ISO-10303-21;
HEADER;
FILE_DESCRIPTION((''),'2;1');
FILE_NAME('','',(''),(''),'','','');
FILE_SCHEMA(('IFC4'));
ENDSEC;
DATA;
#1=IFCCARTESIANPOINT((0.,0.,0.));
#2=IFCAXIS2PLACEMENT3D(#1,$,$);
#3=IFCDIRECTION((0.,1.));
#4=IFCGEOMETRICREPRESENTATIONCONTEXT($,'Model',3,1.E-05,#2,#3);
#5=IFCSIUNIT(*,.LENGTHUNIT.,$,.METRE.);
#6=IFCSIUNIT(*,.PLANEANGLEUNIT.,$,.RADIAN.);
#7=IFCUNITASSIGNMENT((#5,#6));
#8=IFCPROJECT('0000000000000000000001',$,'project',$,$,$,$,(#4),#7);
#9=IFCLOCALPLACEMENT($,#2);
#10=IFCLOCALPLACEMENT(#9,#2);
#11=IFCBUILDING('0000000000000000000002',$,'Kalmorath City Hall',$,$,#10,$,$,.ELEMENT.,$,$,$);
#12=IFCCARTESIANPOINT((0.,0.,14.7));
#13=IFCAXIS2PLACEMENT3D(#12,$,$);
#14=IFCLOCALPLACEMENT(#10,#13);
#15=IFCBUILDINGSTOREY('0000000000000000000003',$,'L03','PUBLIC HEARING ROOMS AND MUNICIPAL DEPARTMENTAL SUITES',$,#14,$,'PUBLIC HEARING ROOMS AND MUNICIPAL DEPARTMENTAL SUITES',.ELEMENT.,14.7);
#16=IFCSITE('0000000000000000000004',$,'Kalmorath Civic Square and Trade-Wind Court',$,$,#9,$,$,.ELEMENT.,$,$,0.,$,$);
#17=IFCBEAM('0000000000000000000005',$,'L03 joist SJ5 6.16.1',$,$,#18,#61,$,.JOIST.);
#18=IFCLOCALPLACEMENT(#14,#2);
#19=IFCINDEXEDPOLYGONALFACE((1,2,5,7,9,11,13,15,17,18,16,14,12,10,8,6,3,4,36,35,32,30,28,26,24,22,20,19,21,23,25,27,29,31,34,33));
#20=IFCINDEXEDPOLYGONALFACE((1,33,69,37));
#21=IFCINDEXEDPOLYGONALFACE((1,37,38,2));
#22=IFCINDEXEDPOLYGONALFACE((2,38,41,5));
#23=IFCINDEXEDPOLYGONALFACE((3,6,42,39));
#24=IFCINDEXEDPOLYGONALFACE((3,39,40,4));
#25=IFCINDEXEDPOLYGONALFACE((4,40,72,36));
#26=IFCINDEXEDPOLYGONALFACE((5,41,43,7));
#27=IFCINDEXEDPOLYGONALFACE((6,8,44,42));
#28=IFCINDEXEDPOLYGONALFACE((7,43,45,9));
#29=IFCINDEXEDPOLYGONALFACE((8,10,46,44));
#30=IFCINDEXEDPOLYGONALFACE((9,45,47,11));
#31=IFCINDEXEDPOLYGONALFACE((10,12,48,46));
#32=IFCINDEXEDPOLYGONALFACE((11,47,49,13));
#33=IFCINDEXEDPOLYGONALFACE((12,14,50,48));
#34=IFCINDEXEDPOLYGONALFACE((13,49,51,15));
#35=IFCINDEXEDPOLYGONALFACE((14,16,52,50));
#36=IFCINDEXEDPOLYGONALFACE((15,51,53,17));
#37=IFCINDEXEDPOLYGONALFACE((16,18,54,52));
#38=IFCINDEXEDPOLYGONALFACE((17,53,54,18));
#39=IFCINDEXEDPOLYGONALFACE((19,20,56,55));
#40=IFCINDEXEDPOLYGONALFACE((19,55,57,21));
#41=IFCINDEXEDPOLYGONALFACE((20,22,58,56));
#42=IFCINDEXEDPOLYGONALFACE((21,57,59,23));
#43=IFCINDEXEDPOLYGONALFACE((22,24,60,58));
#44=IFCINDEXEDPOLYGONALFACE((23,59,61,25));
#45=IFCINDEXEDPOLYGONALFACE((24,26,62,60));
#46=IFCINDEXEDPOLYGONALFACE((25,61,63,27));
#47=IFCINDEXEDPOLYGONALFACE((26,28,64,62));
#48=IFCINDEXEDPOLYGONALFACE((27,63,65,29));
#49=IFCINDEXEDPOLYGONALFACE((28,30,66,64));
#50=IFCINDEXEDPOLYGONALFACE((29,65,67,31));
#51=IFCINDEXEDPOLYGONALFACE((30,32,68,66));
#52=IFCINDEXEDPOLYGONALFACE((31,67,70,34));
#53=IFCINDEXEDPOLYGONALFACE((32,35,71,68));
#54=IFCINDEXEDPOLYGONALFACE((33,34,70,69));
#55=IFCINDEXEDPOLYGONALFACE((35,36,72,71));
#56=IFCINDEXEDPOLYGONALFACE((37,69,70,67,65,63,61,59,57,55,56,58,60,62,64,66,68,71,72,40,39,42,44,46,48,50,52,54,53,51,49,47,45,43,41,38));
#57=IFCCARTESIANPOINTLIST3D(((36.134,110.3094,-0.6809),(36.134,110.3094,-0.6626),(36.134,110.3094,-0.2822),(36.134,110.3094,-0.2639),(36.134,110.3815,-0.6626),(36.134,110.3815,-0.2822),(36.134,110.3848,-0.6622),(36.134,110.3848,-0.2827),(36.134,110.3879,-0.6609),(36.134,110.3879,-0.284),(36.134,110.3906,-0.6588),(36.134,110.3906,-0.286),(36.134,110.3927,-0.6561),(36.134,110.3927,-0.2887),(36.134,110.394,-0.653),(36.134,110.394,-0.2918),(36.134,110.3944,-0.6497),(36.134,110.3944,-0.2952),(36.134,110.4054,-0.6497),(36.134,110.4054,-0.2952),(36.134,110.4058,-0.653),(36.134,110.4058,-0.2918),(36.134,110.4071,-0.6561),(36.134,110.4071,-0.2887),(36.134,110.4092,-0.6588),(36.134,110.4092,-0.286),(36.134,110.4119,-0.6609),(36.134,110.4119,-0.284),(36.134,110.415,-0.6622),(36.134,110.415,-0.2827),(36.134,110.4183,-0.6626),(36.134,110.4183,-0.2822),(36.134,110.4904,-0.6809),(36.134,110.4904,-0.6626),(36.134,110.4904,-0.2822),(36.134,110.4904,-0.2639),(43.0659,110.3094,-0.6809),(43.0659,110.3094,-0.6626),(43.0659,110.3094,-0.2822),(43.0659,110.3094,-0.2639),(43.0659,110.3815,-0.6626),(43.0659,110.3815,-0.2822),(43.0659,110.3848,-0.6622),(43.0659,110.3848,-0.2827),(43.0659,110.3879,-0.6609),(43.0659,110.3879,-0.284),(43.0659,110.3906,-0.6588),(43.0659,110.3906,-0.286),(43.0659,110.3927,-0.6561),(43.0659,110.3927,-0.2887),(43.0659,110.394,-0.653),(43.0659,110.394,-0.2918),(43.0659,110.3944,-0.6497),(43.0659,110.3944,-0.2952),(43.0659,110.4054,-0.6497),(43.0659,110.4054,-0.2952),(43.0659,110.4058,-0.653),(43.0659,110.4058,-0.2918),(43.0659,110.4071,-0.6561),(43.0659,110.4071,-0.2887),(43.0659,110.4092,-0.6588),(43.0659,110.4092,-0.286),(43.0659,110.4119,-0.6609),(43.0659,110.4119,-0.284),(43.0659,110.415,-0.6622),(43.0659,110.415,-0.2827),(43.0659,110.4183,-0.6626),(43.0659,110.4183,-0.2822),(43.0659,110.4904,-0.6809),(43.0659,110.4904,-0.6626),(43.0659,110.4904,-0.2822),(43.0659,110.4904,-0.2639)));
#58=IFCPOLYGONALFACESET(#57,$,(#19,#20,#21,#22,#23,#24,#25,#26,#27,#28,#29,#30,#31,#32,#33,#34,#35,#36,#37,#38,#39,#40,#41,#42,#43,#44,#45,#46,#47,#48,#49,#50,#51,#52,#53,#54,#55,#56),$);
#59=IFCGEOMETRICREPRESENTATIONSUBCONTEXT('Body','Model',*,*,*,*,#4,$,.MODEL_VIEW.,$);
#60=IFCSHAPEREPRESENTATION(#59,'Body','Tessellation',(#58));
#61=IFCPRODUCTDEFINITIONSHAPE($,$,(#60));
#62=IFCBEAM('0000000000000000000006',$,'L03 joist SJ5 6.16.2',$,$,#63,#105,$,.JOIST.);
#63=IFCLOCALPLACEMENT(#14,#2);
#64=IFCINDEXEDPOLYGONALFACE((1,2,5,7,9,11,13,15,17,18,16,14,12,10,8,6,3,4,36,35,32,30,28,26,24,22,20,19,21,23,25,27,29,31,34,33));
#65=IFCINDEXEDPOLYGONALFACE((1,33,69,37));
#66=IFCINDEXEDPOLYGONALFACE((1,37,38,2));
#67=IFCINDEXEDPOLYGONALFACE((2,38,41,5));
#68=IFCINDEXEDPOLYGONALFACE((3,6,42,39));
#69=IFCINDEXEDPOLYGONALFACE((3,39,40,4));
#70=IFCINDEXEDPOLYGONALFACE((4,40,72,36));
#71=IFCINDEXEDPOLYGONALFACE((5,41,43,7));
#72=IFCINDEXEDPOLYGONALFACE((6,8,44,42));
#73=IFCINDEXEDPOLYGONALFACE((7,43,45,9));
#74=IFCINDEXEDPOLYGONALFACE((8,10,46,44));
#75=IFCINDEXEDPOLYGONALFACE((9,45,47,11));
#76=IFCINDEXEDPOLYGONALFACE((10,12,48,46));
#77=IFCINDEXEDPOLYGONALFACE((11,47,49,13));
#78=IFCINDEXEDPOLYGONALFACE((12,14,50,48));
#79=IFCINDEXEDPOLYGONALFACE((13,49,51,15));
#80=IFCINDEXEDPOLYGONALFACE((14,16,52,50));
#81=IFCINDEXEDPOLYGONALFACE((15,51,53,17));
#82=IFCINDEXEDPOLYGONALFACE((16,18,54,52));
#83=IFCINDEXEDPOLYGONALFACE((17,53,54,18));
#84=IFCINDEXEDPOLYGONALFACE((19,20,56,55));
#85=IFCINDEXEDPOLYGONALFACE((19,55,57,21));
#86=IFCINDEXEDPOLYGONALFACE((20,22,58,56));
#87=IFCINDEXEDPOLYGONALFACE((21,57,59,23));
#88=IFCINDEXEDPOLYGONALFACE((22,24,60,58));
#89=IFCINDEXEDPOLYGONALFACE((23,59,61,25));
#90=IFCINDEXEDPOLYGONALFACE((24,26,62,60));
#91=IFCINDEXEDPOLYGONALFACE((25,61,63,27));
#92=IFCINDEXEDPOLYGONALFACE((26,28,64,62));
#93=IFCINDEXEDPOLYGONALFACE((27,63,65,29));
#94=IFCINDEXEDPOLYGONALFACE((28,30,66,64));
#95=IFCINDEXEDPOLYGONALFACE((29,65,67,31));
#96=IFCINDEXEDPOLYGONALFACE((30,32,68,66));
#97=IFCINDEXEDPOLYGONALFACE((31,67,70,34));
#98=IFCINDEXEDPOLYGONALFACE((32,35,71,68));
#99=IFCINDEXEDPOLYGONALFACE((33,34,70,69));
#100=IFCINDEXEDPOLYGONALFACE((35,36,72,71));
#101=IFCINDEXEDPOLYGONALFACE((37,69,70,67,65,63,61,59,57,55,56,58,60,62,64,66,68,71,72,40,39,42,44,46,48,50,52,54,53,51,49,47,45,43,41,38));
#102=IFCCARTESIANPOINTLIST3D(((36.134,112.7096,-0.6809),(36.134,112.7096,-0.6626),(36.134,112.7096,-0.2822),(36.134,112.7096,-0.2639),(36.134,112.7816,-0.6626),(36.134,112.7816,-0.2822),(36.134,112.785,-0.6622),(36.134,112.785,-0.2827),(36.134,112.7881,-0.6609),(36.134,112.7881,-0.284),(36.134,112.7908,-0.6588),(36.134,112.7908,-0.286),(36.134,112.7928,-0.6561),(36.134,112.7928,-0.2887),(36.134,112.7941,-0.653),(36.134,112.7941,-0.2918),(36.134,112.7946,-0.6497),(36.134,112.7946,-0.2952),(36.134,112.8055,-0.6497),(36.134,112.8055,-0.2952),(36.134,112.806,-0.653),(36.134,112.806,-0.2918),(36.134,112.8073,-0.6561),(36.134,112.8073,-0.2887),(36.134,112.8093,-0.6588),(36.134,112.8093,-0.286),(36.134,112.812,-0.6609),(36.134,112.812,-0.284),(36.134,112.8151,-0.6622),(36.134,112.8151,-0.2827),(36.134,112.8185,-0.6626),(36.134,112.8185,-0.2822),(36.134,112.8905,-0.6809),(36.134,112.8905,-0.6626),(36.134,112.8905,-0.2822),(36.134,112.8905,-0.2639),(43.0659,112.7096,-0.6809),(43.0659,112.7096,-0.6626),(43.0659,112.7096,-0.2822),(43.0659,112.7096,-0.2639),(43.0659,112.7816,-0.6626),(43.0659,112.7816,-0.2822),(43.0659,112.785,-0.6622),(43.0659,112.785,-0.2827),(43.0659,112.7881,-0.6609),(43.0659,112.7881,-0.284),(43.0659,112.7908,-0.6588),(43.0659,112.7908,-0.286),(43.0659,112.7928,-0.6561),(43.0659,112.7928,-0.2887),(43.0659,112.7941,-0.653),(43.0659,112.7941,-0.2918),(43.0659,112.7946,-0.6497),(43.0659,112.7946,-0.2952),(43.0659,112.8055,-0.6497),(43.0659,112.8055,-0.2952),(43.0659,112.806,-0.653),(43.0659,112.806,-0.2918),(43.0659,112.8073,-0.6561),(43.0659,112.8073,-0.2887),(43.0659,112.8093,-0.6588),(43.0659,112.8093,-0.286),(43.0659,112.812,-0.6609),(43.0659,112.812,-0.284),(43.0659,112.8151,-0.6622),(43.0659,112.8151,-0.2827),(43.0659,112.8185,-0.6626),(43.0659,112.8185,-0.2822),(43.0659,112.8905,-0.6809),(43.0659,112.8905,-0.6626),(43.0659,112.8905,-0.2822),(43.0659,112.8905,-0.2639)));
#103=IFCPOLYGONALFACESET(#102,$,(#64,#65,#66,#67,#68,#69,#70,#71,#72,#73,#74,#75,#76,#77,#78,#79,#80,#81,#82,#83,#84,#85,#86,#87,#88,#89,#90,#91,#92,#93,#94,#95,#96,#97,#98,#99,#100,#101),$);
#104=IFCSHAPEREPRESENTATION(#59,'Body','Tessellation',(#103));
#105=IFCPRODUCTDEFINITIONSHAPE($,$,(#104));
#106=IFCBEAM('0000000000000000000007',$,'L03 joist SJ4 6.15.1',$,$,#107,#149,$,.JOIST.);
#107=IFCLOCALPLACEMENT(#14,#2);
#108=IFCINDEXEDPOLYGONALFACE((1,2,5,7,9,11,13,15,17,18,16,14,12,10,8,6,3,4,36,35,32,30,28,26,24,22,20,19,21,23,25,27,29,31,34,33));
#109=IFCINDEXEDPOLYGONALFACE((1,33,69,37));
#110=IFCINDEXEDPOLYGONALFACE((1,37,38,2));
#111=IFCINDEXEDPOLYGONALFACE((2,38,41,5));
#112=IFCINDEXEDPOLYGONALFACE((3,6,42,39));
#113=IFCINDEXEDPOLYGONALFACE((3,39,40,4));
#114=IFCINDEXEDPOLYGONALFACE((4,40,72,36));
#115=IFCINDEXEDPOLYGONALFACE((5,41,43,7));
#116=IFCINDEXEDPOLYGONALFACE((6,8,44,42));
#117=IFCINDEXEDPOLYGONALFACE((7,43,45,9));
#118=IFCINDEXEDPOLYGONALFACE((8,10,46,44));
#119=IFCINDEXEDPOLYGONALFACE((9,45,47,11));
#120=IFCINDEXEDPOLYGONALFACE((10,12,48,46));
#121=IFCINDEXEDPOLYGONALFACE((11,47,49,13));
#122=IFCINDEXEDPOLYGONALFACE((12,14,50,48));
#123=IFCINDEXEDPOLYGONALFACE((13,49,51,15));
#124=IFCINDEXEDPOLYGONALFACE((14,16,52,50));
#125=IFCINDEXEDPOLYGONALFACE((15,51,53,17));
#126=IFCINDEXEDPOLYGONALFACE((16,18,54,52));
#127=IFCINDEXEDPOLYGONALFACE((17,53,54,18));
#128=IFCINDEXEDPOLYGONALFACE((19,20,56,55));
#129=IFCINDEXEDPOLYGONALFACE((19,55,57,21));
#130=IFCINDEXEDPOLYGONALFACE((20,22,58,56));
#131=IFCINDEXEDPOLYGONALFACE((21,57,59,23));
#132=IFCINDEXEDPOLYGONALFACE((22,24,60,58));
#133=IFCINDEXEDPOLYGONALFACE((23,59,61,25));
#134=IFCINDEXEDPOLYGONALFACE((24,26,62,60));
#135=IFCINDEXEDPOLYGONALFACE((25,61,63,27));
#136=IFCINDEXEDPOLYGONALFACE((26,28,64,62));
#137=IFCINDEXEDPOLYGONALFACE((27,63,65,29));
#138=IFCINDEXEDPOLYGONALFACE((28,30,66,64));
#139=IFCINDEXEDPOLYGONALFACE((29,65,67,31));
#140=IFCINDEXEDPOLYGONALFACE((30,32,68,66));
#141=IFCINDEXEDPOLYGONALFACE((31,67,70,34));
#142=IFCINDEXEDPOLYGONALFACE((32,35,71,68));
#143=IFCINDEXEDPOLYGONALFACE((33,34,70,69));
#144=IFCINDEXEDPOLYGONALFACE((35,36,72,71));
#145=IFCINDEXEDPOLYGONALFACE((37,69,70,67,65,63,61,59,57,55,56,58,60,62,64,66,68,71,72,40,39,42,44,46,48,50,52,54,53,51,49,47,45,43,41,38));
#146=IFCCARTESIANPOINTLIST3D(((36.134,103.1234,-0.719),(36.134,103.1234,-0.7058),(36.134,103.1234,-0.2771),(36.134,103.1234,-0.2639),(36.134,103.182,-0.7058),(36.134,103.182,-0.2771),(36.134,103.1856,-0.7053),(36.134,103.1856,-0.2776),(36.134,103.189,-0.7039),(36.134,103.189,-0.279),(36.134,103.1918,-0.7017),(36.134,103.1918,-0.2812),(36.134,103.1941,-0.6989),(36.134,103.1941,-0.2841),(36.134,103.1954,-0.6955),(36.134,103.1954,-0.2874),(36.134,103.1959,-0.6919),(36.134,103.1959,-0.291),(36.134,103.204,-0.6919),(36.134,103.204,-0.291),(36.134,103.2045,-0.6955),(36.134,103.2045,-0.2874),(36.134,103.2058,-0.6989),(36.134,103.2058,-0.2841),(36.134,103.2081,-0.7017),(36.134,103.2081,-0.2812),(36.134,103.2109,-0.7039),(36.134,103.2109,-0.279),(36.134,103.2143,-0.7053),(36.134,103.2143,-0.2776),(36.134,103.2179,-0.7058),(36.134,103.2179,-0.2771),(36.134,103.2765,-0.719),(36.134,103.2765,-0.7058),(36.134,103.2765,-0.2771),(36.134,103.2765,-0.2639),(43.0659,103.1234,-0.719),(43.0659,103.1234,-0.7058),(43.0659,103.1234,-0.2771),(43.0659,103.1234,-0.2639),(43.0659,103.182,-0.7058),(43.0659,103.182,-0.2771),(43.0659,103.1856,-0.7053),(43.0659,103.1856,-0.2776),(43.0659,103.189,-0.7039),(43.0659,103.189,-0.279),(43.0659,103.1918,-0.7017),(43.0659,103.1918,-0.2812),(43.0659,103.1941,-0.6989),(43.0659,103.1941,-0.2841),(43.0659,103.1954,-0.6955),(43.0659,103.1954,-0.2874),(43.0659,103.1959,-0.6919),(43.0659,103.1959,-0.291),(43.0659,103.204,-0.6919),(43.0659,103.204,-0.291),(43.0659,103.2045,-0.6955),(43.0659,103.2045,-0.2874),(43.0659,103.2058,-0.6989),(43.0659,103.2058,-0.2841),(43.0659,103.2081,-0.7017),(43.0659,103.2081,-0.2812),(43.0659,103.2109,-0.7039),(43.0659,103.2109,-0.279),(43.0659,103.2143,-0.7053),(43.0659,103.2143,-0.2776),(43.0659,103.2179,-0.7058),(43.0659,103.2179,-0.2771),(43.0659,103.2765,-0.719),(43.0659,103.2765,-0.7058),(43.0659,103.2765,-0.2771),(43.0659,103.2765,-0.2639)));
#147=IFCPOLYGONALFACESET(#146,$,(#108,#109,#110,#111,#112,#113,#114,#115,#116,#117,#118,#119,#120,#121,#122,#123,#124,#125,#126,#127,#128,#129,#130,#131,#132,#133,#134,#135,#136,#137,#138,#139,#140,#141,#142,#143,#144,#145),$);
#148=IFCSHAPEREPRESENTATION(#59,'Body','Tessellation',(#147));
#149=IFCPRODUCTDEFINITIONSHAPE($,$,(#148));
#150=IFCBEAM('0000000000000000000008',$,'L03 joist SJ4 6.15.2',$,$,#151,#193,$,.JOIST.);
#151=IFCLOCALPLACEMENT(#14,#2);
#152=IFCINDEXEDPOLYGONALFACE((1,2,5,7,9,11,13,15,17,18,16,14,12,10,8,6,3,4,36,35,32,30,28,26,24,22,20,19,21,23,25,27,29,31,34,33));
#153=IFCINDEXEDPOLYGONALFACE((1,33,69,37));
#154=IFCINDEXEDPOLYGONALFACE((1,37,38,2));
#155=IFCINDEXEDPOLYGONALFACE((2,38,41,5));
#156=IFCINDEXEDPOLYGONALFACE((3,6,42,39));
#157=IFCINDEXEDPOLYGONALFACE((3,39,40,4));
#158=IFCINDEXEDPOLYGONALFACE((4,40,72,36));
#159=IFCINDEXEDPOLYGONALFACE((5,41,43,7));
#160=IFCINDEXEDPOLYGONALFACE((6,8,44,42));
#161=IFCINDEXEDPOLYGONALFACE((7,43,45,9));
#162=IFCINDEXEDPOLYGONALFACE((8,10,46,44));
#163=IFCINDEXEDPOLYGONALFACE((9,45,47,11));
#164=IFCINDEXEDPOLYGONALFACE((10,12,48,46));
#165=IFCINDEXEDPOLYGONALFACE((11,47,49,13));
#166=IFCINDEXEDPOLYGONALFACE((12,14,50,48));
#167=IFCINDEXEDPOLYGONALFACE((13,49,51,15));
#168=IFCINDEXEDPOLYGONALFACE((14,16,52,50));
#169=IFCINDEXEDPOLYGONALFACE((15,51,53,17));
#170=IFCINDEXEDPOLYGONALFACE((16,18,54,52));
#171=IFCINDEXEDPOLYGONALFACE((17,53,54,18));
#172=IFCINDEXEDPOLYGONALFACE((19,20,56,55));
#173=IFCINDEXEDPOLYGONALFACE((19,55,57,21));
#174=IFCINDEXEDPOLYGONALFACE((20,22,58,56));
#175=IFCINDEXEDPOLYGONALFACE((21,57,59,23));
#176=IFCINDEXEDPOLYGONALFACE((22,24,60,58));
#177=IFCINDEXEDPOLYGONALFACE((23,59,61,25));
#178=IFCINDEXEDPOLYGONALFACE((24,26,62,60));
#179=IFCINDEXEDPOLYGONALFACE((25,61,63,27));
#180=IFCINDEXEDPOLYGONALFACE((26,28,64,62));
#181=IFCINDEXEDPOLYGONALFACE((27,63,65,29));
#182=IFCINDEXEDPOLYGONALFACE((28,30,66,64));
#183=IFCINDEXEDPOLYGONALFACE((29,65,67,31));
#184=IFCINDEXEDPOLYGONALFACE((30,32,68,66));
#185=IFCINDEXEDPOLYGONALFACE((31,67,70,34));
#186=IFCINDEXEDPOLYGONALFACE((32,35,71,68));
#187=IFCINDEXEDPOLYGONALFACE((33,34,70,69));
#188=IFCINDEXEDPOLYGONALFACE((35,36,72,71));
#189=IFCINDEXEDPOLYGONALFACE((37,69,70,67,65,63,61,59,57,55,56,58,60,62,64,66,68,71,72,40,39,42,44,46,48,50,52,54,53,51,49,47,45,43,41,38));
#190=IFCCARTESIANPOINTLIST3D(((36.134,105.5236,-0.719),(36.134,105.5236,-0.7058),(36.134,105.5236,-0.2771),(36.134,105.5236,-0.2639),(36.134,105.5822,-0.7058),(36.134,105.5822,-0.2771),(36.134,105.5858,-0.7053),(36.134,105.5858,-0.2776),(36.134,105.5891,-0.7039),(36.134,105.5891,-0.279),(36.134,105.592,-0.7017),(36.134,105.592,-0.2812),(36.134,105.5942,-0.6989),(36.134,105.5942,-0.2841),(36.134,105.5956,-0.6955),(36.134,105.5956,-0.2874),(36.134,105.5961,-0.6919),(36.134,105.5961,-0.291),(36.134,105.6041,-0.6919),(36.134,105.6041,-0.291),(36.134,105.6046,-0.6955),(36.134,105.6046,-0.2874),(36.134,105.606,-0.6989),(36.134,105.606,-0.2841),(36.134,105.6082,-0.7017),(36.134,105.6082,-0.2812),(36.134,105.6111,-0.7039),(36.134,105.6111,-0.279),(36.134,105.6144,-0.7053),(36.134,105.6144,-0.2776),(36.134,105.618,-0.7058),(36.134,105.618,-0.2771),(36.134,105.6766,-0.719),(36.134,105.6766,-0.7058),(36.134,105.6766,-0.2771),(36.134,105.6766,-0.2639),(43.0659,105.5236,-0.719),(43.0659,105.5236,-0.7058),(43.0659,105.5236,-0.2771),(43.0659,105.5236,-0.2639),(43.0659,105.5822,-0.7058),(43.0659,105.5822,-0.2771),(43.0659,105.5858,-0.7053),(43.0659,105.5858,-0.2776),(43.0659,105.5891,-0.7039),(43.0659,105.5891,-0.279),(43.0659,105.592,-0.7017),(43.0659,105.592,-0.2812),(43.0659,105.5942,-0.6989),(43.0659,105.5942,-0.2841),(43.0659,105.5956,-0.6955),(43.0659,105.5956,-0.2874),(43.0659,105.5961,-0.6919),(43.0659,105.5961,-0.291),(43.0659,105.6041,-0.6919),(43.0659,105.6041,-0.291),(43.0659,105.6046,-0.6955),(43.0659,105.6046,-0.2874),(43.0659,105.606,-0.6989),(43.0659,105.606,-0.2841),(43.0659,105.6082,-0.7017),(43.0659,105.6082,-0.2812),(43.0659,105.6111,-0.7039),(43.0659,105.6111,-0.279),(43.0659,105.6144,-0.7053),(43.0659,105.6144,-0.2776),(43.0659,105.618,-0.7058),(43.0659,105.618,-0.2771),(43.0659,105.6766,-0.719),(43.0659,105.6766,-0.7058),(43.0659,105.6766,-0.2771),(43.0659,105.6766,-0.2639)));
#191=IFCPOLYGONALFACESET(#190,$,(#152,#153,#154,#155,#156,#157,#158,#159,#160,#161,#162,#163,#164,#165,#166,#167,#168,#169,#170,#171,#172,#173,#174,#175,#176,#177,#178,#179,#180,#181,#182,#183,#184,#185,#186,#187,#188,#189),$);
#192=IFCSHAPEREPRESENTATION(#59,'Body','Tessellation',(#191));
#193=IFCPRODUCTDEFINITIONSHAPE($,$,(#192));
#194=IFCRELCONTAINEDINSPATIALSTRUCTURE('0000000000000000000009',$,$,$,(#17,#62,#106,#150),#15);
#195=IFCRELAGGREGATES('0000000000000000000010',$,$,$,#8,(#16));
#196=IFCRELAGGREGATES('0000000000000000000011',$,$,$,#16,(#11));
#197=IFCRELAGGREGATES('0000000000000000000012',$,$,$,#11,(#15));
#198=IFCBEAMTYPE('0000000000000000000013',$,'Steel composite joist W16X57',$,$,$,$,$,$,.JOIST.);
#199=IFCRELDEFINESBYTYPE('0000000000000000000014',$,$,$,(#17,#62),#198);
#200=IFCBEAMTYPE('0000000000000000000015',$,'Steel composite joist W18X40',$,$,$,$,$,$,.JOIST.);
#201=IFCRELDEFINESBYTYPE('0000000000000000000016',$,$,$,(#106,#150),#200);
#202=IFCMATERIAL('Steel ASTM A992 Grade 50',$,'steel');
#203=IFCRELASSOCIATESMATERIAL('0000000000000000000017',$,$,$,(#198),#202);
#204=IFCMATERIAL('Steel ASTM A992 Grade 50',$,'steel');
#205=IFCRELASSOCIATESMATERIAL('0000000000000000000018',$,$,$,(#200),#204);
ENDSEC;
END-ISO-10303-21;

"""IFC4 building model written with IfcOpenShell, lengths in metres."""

from ifc_helpers import new_model, si_unit, direction, frame, origin, origin_2d, place, context, subcontext, project, spatial, i_section, extrude, material, material_profile, profile_set, type_object, element, save


model = new_model("IFC4")

# Units and contexts
model_context = context("Model", 3, precision=1e-05, world=origin(), true_north=direction((0.0, 1.0)))
body_context = subcontext(model_context, "Body", "Model", "MODEL_VIEW")
ifc_project = project(units=[si_unit("LENGTHUNIT", "METRE"), si_unit("PLANEANGLEUNIT", "RADIAN")], contexts=[model_context])

# Site, building, storey
site_placement = place(None, origin())
site = spatial("IfcSite", under=ifc_project, at=site_placement, Name="Kalmorath Civic Square and Trade-Wind Court", CompositionType="ELEMENT", RefElevation=0.0)
building_placement = place(site_placement, origin())
building = spatial("IfcBuilding", under=site, at=building_placement, Name="Kalmorath City Hall", CompositionType="ELEMENT")
storey_placement = place(building_placement, frame((0.0, 0.0, 14.7)))
storey = spatial("IfcBuildingStorey", under=building, at=storey_placement, Name="L03", Description="PUBLIC HEARING ROOMS AND MUNICIPAL DEPARTMENTAL SUITES", LongName="PUBLIC HEARING ROOMS AND MUNICIPAL DEPARTMENTAL SUITES", CompositionType="ELEMENT", Elevation=14.7)

# Beams
ifc_material_1 = material(Name="Steel ASTM A992 Grade 50", Category="steel")
ifc_material_profile_1 = material_profile(ifc_material_1, i_section(OverallWidth=0.1809, OverallDepth=0.417, WebThickness=0.011, FlangeThickness=0.0183, FilletRadius=0.0129, at=origin_2d()), Name="W16X57")
ifc_profile_set_1 = profile_set([ifc_material_profile_1], Name="Steel ASTM A992 Grade 50")
beam_type_1 = type_object("IfcBeamType", Name="Steel composite joist W16X57", PredefinedType="JOIST", material=ifc_profile_set_1)
for number, where, z_axis, x_axis, name in (
    (1, (36.134, 110.3999, -0.4724), (1.0, 0.0, 0.0), (0.0, 1.0, 0.0), "L03 joist SJ5 6.16.1"),
    (2, (36.134, 112.8, -0.4724), (1.0, 0.0, 0.0), (0.0, 1.0, 0.0), "L03 joist SJ5 6.16.2"),
):
    element("IfcBeam", number, at=place(storey_placement, frame(where, z_axis=z_axis, x_axis=x_axis)), inside=storey, type_object=beam_type_1, Name=name, PredefinedType="JOIST", context=body_context, shape_type="SweptSolid", body=[
        extrude(i_section(OverallWidth=0.1809, OverallDepth=0.417, WebThickness=0.011, FlangeThickness=0.0183, FilletRadius=0.0129, at=origin_2d()), origin(), (0.0, 0.0, 1.0), 6.9319),
    ])
ifc_material_2 = material(Name="Steel ASTM A992 Grade 50", Category="steel")
ifc_material_profile_2 = material_profile(ifc_material_2, i_section(OverallWidth=0.1531, OverallDepth=0.4551, WebThickness=0.0081, FlangeThickness=0.0132, FilletRadius=0.0139, at=origin_2d()), Name="W18X40")
ifc_profile_set_2 = profile_set([ifc_material_profile_2], Name="Steel ASTM A992 Grade 50")
beam_type_2 = type_object("IfcBeamType", Name="Steel composite joist W18X40", PredefinedType="JOIST", material=ifc_profile_set_2)
for number, where, z_axis, x_axis, name in (
    (3, (36.134, 103.2, -0.4915), (1.0, 0.0, 0.0), (0.0, 1.0, 0.0), "L03 joist SJ4 6.15.1"),
    (4, (36.134, 105.6001, -0.4915), (1.0, 0.0, 0.0), (0.0, 1.0, 0.0), "L03 joist SJ4 6.15.2"),
):
    element("IfcBeam", number, at=place(storey_placement, frame(where, z_axis=z_axis, x_axis=x_axis)), inside=storey, type_object=beam_type_2, Name=name, PredefinedType="JOIST", context=body_context, shape_type="SweptSolid", body=[
        extrude(i_section(OverallWidth=0.1531, OverallDepth=0.4551, WebThickness=0.0081, FlangeThickness=0.0132, FilletRadius=0.0139, at=origin_2d()), origin(), (0.0, 0.0, 1.0), 6.9319),
    ])

save(model, "model.ifc")
